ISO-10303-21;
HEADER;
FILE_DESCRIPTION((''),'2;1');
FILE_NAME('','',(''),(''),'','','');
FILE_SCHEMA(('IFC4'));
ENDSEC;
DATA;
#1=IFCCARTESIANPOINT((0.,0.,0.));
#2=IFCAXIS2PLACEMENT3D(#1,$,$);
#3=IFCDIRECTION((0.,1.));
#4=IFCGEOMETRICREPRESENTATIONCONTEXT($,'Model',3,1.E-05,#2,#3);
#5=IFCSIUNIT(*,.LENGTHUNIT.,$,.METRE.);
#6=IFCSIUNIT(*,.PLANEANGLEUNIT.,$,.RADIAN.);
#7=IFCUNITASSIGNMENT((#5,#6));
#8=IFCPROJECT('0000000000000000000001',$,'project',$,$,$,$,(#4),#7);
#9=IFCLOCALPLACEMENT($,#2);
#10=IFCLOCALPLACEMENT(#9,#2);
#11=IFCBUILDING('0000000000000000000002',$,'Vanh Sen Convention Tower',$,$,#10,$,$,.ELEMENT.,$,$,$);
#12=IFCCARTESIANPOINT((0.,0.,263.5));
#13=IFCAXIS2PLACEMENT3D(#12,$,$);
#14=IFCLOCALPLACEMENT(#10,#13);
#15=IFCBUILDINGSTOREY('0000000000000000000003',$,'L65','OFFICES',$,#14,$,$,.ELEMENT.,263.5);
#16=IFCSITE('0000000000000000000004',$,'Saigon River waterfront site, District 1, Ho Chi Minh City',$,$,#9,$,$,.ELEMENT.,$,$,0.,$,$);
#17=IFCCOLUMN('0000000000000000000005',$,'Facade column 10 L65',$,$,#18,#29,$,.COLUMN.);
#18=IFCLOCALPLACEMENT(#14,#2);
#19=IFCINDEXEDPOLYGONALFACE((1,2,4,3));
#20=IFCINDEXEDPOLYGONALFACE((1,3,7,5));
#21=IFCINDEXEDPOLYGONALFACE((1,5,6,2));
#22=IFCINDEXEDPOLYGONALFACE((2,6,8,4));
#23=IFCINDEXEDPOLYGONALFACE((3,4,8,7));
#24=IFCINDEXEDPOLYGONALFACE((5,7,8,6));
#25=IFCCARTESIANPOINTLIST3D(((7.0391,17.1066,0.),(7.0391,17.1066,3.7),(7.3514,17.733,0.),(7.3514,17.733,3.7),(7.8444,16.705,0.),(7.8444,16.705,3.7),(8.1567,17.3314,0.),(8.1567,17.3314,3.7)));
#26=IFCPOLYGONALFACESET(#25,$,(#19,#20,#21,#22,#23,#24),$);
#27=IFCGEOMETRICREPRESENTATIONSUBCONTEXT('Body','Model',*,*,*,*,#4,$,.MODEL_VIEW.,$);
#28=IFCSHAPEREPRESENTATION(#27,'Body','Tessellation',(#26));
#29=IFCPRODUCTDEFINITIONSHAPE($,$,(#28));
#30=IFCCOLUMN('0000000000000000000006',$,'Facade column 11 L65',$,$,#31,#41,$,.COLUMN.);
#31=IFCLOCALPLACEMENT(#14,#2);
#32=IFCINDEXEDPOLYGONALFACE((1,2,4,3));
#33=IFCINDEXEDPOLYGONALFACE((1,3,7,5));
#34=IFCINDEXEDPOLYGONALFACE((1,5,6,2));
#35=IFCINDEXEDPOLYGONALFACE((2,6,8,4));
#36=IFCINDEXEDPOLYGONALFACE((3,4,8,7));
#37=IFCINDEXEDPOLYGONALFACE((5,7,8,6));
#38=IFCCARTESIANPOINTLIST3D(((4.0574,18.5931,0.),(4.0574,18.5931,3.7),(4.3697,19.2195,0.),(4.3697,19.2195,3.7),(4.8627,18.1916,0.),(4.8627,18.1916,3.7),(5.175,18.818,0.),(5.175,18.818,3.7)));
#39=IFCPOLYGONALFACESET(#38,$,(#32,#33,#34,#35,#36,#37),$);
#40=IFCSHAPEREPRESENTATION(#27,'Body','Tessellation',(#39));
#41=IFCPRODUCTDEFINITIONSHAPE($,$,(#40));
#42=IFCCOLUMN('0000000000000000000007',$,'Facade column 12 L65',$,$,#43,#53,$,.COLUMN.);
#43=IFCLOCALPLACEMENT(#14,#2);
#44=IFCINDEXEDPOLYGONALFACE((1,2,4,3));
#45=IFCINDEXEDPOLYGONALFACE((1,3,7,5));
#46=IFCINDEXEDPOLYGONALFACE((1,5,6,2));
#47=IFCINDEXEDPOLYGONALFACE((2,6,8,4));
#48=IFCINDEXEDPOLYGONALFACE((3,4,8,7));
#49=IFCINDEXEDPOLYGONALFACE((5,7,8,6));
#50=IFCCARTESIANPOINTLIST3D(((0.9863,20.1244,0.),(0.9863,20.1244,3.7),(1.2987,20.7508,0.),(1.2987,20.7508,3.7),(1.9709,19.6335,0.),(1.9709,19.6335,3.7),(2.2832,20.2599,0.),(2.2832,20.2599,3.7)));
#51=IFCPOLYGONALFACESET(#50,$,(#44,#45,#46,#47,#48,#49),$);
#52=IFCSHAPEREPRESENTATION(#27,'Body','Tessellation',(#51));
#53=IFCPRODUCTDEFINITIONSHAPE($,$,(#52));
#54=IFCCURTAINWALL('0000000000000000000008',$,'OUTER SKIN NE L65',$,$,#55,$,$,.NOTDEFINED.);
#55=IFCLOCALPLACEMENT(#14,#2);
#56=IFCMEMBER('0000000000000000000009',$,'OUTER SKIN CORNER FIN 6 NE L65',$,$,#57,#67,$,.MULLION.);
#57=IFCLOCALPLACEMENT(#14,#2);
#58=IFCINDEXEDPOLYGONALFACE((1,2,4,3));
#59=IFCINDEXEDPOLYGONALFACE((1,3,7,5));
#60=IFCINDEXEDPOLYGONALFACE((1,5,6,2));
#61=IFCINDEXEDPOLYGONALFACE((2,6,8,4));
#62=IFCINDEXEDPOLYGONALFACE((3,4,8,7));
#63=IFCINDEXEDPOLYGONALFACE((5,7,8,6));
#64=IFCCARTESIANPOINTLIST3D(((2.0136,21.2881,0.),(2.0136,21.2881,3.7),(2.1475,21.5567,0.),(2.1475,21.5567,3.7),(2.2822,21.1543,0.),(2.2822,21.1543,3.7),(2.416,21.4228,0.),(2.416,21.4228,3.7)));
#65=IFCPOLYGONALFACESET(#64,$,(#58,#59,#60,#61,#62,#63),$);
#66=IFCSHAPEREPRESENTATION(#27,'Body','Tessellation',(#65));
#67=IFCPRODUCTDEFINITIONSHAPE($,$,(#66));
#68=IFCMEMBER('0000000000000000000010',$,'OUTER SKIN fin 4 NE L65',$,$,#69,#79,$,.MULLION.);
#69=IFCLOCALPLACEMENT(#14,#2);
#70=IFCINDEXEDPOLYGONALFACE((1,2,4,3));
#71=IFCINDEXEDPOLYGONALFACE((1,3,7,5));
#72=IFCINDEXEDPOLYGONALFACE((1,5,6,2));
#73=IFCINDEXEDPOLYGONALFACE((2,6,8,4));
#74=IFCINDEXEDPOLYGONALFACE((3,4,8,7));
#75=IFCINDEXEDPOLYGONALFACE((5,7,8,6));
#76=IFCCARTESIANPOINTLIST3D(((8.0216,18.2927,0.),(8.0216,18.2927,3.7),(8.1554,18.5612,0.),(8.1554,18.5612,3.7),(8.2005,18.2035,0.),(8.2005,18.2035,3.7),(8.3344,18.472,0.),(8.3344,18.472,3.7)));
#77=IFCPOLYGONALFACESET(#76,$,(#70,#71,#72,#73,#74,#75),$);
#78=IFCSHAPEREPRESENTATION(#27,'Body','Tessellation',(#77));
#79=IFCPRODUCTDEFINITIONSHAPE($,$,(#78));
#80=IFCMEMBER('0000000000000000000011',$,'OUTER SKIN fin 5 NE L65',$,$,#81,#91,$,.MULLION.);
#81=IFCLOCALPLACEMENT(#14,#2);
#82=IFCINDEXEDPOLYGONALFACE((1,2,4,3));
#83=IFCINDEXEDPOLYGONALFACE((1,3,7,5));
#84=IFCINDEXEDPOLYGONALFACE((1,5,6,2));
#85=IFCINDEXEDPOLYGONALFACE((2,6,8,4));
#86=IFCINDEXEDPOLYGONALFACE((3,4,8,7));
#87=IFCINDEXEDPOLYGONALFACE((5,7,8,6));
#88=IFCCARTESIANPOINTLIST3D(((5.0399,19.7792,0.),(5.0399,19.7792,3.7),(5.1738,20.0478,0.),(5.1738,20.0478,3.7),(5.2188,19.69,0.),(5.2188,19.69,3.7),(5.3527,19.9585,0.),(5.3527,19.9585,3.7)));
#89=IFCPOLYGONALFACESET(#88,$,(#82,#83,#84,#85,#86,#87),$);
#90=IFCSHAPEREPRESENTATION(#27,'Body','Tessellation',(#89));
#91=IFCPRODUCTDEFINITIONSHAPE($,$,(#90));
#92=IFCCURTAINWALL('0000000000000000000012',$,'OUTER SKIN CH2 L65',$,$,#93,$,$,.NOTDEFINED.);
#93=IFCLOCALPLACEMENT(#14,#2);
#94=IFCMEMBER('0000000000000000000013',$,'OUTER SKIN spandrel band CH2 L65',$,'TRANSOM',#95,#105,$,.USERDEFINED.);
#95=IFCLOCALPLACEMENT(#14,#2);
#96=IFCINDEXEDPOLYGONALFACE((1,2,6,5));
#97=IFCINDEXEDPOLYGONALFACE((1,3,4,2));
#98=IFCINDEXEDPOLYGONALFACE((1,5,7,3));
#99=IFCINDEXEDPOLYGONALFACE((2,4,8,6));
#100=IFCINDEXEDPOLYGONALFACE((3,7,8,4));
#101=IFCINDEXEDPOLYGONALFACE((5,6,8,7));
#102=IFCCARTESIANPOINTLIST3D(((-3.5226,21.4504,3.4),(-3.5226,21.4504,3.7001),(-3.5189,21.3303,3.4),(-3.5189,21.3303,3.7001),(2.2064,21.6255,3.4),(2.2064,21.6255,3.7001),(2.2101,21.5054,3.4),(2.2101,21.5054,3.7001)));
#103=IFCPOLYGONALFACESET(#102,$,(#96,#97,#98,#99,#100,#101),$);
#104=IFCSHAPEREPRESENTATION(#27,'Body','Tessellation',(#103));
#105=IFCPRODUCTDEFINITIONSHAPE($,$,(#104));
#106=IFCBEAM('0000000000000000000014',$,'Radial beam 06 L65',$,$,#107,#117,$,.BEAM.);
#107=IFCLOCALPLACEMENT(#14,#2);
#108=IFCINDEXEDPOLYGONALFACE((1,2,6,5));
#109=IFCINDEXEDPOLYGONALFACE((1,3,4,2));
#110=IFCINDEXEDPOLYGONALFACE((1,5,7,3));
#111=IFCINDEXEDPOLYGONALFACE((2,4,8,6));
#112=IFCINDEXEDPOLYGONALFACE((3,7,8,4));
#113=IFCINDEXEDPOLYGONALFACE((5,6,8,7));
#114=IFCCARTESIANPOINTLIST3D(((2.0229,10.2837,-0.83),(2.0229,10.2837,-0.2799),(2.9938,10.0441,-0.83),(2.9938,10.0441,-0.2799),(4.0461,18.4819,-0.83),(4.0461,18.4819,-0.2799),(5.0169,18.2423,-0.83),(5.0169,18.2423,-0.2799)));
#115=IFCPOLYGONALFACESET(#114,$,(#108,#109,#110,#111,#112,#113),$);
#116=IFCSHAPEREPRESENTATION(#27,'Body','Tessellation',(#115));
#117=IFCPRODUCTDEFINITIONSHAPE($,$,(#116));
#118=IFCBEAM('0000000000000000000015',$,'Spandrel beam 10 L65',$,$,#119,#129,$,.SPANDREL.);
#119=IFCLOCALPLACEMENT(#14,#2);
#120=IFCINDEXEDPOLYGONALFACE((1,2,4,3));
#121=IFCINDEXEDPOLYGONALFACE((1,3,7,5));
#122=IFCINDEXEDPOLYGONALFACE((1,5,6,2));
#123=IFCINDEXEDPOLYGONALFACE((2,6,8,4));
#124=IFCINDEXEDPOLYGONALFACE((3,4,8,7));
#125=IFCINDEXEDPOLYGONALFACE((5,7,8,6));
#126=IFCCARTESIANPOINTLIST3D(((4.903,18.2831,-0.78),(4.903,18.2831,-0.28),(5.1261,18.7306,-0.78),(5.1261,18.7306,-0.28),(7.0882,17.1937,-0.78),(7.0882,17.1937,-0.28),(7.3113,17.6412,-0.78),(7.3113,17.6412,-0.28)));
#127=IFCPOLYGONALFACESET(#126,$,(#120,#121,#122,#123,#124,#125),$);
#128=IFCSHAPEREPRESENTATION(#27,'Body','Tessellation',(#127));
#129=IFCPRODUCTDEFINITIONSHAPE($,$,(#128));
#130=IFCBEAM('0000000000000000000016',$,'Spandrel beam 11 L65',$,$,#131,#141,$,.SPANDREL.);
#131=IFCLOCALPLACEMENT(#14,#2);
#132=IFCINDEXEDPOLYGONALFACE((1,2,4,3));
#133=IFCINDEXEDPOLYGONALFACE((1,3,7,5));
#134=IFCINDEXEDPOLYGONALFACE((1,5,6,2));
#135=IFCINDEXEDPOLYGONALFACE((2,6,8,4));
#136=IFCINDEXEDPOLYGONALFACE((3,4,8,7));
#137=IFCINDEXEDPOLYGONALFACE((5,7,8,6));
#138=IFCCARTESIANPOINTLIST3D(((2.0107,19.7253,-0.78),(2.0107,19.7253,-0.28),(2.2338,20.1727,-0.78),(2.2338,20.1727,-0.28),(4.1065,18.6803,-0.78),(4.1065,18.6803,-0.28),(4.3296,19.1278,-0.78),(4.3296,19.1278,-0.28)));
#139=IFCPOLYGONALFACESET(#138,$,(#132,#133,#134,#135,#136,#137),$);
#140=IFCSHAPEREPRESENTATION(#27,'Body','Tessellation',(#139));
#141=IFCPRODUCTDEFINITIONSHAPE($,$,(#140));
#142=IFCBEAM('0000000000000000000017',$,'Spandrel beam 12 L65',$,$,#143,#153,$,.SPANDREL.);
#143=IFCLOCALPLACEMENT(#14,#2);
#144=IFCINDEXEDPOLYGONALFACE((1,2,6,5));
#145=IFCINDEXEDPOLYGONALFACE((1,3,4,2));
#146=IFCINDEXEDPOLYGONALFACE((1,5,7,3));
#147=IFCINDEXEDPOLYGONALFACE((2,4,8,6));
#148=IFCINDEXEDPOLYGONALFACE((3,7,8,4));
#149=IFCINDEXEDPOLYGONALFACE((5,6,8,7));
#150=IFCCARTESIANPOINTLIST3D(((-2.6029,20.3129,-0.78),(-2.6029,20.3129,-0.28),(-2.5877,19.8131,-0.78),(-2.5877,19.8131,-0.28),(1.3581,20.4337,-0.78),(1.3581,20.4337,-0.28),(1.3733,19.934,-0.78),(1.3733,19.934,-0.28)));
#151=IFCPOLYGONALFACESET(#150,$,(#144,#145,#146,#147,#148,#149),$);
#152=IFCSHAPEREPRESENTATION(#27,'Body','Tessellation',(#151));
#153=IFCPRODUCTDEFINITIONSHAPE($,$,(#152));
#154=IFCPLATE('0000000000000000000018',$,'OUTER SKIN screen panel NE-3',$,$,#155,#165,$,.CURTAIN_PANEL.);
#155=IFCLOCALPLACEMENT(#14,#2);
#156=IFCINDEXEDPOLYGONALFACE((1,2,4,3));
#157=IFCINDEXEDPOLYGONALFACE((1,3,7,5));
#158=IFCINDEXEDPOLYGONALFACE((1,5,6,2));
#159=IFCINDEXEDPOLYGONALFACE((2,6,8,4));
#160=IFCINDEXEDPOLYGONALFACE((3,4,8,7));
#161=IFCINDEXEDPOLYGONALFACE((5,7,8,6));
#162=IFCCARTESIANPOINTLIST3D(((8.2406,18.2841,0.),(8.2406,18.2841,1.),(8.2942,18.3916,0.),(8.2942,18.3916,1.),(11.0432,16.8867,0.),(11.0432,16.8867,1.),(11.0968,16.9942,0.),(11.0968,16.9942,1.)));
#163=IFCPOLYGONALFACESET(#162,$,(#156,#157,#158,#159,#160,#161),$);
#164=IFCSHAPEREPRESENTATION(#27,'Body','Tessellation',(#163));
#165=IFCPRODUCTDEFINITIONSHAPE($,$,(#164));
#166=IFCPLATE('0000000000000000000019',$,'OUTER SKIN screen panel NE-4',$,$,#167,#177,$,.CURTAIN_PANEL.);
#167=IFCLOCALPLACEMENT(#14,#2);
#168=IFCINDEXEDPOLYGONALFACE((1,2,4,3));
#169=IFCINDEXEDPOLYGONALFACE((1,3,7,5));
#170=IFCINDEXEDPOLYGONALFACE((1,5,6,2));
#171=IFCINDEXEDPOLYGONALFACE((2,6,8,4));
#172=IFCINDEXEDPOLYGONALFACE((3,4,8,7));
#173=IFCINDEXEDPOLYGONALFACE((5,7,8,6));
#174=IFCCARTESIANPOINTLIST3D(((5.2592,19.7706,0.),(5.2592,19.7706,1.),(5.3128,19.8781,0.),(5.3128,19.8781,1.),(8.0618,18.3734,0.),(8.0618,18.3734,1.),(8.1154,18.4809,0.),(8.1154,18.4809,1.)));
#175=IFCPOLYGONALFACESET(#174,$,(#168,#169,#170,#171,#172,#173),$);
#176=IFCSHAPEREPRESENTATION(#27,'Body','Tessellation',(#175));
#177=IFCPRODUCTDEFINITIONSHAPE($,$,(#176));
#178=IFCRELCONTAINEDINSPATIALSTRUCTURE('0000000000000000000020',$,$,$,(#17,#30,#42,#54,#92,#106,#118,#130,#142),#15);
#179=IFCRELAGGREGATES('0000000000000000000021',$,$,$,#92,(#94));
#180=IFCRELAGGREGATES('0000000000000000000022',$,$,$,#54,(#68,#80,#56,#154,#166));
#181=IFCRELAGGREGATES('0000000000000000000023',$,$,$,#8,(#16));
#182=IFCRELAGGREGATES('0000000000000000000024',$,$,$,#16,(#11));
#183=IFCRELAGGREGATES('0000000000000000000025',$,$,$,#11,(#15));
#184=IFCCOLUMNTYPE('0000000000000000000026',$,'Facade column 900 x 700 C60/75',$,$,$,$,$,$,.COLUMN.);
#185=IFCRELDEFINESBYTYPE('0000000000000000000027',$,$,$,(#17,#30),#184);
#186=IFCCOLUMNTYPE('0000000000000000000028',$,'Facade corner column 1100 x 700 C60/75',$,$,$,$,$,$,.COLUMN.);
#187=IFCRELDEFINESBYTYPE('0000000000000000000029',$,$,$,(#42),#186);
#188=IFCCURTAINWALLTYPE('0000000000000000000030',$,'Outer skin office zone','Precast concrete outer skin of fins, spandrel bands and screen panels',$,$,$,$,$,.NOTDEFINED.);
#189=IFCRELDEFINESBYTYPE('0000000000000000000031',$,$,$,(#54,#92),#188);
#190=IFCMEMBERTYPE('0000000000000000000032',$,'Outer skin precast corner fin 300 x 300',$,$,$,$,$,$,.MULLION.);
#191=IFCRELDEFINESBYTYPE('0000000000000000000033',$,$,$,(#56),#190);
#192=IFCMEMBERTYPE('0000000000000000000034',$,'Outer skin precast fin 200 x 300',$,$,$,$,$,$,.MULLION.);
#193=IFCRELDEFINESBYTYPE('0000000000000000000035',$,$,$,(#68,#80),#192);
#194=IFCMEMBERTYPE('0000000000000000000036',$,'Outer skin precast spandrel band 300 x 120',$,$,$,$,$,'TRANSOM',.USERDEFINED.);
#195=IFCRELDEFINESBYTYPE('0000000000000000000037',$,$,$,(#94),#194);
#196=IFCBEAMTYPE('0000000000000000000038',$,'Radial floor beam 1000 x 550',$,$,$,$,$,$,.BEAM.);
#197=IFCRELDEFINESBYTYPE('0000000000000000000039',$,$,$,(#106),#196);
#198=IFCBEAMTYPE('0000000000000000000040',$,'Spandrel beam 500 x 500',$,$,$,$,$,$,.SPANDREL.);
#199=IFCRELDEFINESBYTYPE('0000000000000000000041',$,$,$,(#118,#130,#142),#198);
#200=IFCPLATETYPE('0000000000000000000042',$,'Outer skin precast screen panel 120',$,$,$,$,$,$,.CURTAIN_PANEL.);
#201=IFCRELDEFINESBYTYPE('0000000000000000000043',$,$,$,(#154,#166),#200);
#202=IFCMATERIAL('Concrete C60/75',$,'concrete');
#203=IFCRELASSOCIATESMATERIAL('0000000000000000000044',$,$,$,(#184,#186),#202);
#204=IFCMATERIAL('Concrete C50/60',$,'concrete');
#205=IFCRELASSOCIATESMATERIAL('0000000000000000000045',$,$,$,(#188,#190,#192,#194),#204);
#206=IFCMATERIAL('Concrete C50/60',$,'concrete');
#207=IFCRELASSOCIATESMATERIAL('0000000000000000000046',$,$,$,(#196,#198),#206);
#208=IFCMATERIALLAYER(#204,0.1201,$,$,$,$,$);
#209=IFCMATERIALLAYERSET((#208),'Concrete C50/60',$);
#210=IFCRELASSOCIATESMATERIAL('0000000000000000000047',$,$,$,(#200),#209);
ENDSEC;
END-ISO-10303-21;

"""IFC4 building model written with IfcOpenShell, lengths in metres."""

from ifc_helpers import new_model, si_unit, direction, frame, origin, origin_2d, place, context, subcontext, project, spatial, rectangle, extrude, material, layer, layer_set, material_profile, profile_set, type_object, element, aggregate, save


model = new_model("IFC4")

# Units and contexts
model_context = context("Model", 3, precision=1e-05, world=origin(), true_north=direction((0.0, 1.0)))
body_context = subcontext(model_context, "Body", "Model", "MODEL_VIEW")
ifc_project = project(units=[si_unit("LENGTHUNIT", "METRE"), si_unit("PLANEANGLEUNIT", "RADIAN")], contexts=[model_context])

# Site, building, storey
site_placement = place(None, origin())
site = spatial("IfcSite", under=ifc_project, at=site_placement, Name="Saigon River waterfront site, District 1, Ho Chi Minh City", CompositionType="ELEMENT", RefElevation=0.0)
building_placement = place(site_placement, origin())
building = spatial("IfcBuilding", under=site, at=building_placement, Name="Vanh Sen Convention Tower", CompositionType="ELEMENT")
storey_placement = place(building_placement, frame((0.0, 0.0, 263.5)))
storey = spatial("IfcBuildingStorey", under=building, at=storey_placement, Name="L65", Description="OFFICES", CompositionType="ELEMENT", Elevation=263.5)

# Columns
ifc_material_1 = material(Name="Concrete C60/75", Category="concrete")
ifc_material_profile_1 = material_profile(ifc_material_1, rectangle(XDim=0.8999, YDim=0.7, at=origin_2d()), Name="RC 900X700")
ifc_profile_set_1 = profile_set([ifc_material_profile_1], Name="Concrete C60/75")
column_type_1 = type_object("IfcColumnType", Name="Facade column 900 x 700 C60/75", PredefinedType="COLUMN", material=ifc_profile_set_1)
for number, where, z_axis, x_axis, name in (
    (1, (7.5979, 17.219, 0.0), (0.0, 0.0, 1.0), (-0.894934, 0.446198, 0.0), "Facade column 10 L65"),
    (2, (4.6162, 18.7056, 0.0), (0.0, 0.0, 1.0), (-0.894934, 0.446198, 0.0), "Facade column 11 L65"),
):
    element("IfcColumn", number, at=place(storey_placement, frame(where, z_axis=z_axis, x_axis=x_axis)), inside=storey, type_object=column_type_1, Name=name, PredefinedType="COLUMN", context=body_context, shape_type="SweptSolid", body=[
        extrude(rectangle(XDim=0.8999, YDim=0.7, at=origin_2d()), origin(), (0.0, 0.0, 1.0), 3.7),
    ])
ifc_material_profile_2 = material_profile(ifc_material_1, rectangle(XDim=1.1001, YDim=0.7, at=origin_2d()), Name="RC 1100X700")
ifc_profile_set_2 = profile_set([ifc_material_profile_2], Name="Concrete C60/75")
column_type_2 = type_object("IfcColumnType", Name="Facade corner column 1100 x 700 C60/75", PredefinedType="COLUMN", material=ifc_profile_set_2)
column_placement = place(storey_placement, frame((1.6348, 20.1921, 0.0), z_axis=(0.0, 0.0, 1.0), x_axis=(-0.894934, 0.446198, 0.0)))
element("IfcColumn", 3, at=column_placement, inside=storey, type_object=column_type_2, Name="Facade column 12 L65", PredefinedType="COLUMN", context=body_context, shape_type="SweptSolid", body=[
    extrude(rectangle(XDim=1.1001, YDim=0.7, at=origin_2d()), origin(), (0.0, 0.0, 1.0), 3.7),
])

# Curtain wall, members
ifc_material_2 = material(Name="Concrete C50/60", Category="concrete")
curtain_wall_type = type_object("IfcCurtainWallType", Name="Outer skin office zone", Description="Precast concrete outer skin of fins, spandrel bands and screen panels", PredefinedType="NOTDEFINED", material=ifc_material_2)
curtain_wall_1_placement = place(storey_placement, origin())
curtain_wall_1 = element("IfcCurtainWall", 4, at=curtain_wall_1_placement, inside=storey, type_object=curtain_wall_type, Name="OUTER SKIN NE L65", PredefinedType="NOTDEFINED")
ifc_material_profile_3 = material_profile(ifc_material_2, rectangle(XDim=0.3, YDim=0.3, at=origin_2d()), Name="Outer skin precast corner fin 300 x 300")
ifc_profile_set_3 = profile_set([ifc_material_profile_3], Name="Concrete C50/60")
member_type_1 = type_object("IfcMemberType", Name="Outer skin precast corner fin 300 x 300", PredefinedType="MULLION", material=ifc_profile_set_3)
member_1_placement = place(storey_placement, frame((2.2148, 21.3555, 0.0), z_axis=(0.0, 0.0, 1.0), x_axis=(-0.894934, 0.446198, 0.0)))
member_1 = element("IfcMember", 5, at=member_1_placement, type_object=member_type_1, Name="OUTER SKIN CORNER FIN 6 NE L65", PredefinedType="MULLION", context=body_context, shape_type="SweptSolid", body=[
    extrude(rectangle(XDim=0.3, YDim=0.3, at=origin_2d()), origin(), (0.0, 0.0, 1.0), 3.7),
])
ifc_material_profile_4 = material_profile(ifc_material_2, rectangle(XDim=0.2, YDim=0.3, at=origin_2d()), Name="Outer skin precast fin 200 x 300")
ifc_profile_set_4 = profile_set([ifc_material_profile_4], Name="Concrete C50/60")
member_type_2 = type_object("IfcMemberType", Name="Outer skin precast fin 200 x 300", PredefinedType="MULLION", material=ifc_profile_set_4)
member_2_placement = place(storey_placement, frame((8.178, 18.3823, 0.0), z_axis=(0.0, 0.0, 1.0), x_axis=(-0.894934, 0.446198, 0.0)))
member_2 = element("IfcMember", 6, at=member_2_placement, type_object=member_type_2, Name="OUTER SKIN fin 4 NE L65", PredefinedType="MULLION", context=body_context, shape_type="SweptSolid", body=[
    extrude(rectangle(XDim=0.2, YDim=0.3, at=origin_2d()), origin(), (0.0, 0.0, 1.0), 3.7),
])
member_3_placement = place(storey_placement, frame((5.1963, 19.8689, 0.0), z_axis=(0.0, 0.0, 1.0), x_axis=(-0.894934, 0.446198, 0.0)))
member_3 = element("IfcMember", 7, at=member_3_placement, type_object=member_type_2, Name="OUTER SKIN fin 5 NE L65", PredefinedType="MULLION", context=body_context, shape_type="SweptSolid", body=[
    extrude(rectangle(XDim=0.2, YDim=0.3, at=origin_2d()), origin(), (0.0, 0.0, 1.0), 3.7),
])

# Curtain wall, member
curtain_wall_2_placement = place(storey_placement, origin())
curtain_wall_2 = element("IfcCurtainWall", 8, at=curtain_wall_2_placement, inside=storey, type_object=curtain_wall_type, Name="OUTER SKIN CH2 L65", PredefinedType="NOTDEFINED")
ifc_material_profile_5 = material_profile(ifc_material_2, rectangle(XDim=0.1201, YDim=0.3, at=origin_2d()), Name="Outer skin precast spandrel band 300 x 120")
ifc_profile_set_5 = profile_set([ifc_material_profile_5], Name="Concrete C50/60")
member_type_3 = type_object("IfcMemberType", Name="Outer skin precast spandrel band 300 x 120", ElementType="TRANSOM", PredefinedType="USERDEFINED", material=ifc_profile_set_5)
member_4_placement = place(storey_placement, frame((2.2083, 21.5654, 3.55), z_axis=(-0.999534, -0.030541, 0.0), x_axis=(0.030541, -0.999534, 0.0)))
member_4 = element("IfcMember", 9, at=member_4_placement, type_object=member_type_3, Name="OUTER SKIN spandrel band CH2 L65", ObjectType="TRANSOM", PredefinedType="USERDEFINED", context=body_context, shape_type="SweptSolid", body=[
    extrude(rectangle(XDim=0.1201, YDim=0.3, at=origin_2d()), origin(), (0.0, 0.0, 1.0), 5.7317),
])
aggregate(curtain_wall_2, [member_4])

# Beams
ifc_material_3 = material(Name="Concrete C50/60", Category="concrete")
ifc_material_profile_6 = material_profile(ifc_material_3, rectangle(XDim=1.0, YDim=0.55, at=origin_2d()), Name="RC 1000X550")
ifc_profile_set_6 = profile_set([ifc_material_profile_6], Name="Concrete C50/60")
beam_type_1 = type_object("IfcBeamType", Name="Radial floor beam 1000 x 550", PredefinedType="BEAM", material=ifc_profile_set_6)
beam_1_placement = place(storey_placement, frame((4.5315, 18.3621, -0.5549), z_axis=(-0.239596, -0.970873, 0.0), x_axis=(0.970873, -0.239596, 0.0)))
element("IfcBeam", 10, at=beam_1_placement, inside=storey, type_object=beam_type_1, Name="Radial beam 06 L65", PredefinedType="BEAM", context=body_context, shape_type="SweptSolid", body=[
    extrude(rectangle(XDim=1.0, YDim=0.55, at=origin_2d()), origin(), (0.0, 0.0, 1.0), 8.4441),
])
ifc_material_profile_7 = material_profile(ifc_material_3, rectangle(XDim=0.5, YDim=0.5, at=origin_2d()), Name="RC 500X500")
ifc_profile_set_7 = profile_set([ifc_material_profile_7], Name="Concrete C50/60")
beam_type_2 = type_object("IfcBeamType", Name="Spandrel beam 500 x 500", PredefinedType="SPANDREL", material=ifc_profile_set_7)
beam_2_placement = place(storey_placement, frame((7.1997, 17.4175, -0.53), z_axis=(-0.894947, 0.446173, 0.0), x_axis=(-0.446173, -0.894947, 0.0)))
element("IfcBeam", 11, at=beam_2_placement, inside=storey, type_object=beam_type_2, Name="Spandrel beam 10 L65", PredefinedType="SPANDREL", context=body_context, shape_type="SweptSolid", body=[
    extrude(rectangle(XDim=0.5, YDim=0.5, at=origin_2d()), origin(), (0.0, 0.0, 1.0), 2.4417),
])
beam_3_placement = place(storey_placement, frame((4.218, 18.9041, -0.53), z_axis=(-0.894927, 0.446212, 0.0), x_axis=(-0.446212, -0.894927, 0.0)))
element("IfcBeam", 12, at=beam_3_placement, inside=storey, type_object=beam_type_2, Name="Spandrel beam 11 L65", PredefinedType="SPANDREL", context=body_context, shape_type="SweptSolid", body=[
    extrude(rectangle(XDim=0.5, YDim=0.5, at=origin_2d()), origin(), (0.0, 0.0, 1.0), 2.3418),
])
beam_4_placement = place(storey_placement, frame((1.3657, 20.1838, -0.53), z_axis=(-0.999535, -0.030496, 0.0), x_axis=(0.030496, -0.999535, 0.0)))
element("IfcBeam", 13, at=beam_4_placement, inside=storey, type_object=beam_type_2, Name="Spandrel beam 12 L65", PredefinedType="SPANDREL", context=body_context, shape_type="SweptSolid", body=[
    extrude(rectangle(XDim=0.5, YDim=0.5, at=origin_2d()), origin(), (0.0, 0.0, 1.0), 3.9629),
])

# Plates
ifc_layer_1 = layer(ifc_material_2, 0.1201)
ifc_layer_set_1 = layer_set([ifc_layer_1], Name="Concrete C50/60")
plate_type = type_object("IfcPlateType", Name="Outer skin precast screen panel 120", PredefinedType="CURTAIN_PANEL", material=ifc_layer_set_1)
plate_1_placement = place(storey_placement, frame((9.6687, 17.6392, 0.0), z_axis=(0.0, 0.0, 1.0), x_axis=(-0.894931, 0.446204, 0.0)))
plate_1 = element("IfcPlate", 14, at=plate_1_placement, type_object=plate_type, Name="OUTER SKIN screen panel NE-3", PredefinedType="CURTAIN_PANEL", context=body_context, shape_type="SweptSolid", body=[
    extrude(rectangle(XDim=3.1316, YDim=0.1201, at=origin_2d()), origin(), (0.0, 0.0, 1.0), 1.0),
])
plate_2_placement = place(storey_placement, frame((6.6873, 19.1257, 0.0), z_axis=(0.0, 0.0, 1.0), x_axis=(-0.894943, 0.446181, 0.0)))
plate_2 = element("IfcPlate", 15, at=plate_2_placement, type_object=plate_type, Name="OUTER SKIN screen panel NE-4", PredefinedType="CURTAIN_PANEL", context=body_context, shape_type="SweptSolid", body=[
    extrude(rectangle(XDim=3.1316, YDim=0.1201, at=origin_2d()), origin(), (0.0, 0.0, 1.0), 1.0),
])
aggregate(curtain_wall_1, [member_2, member_3, member_1, plate_1, plate_2])

save(model, "model.ifc")
